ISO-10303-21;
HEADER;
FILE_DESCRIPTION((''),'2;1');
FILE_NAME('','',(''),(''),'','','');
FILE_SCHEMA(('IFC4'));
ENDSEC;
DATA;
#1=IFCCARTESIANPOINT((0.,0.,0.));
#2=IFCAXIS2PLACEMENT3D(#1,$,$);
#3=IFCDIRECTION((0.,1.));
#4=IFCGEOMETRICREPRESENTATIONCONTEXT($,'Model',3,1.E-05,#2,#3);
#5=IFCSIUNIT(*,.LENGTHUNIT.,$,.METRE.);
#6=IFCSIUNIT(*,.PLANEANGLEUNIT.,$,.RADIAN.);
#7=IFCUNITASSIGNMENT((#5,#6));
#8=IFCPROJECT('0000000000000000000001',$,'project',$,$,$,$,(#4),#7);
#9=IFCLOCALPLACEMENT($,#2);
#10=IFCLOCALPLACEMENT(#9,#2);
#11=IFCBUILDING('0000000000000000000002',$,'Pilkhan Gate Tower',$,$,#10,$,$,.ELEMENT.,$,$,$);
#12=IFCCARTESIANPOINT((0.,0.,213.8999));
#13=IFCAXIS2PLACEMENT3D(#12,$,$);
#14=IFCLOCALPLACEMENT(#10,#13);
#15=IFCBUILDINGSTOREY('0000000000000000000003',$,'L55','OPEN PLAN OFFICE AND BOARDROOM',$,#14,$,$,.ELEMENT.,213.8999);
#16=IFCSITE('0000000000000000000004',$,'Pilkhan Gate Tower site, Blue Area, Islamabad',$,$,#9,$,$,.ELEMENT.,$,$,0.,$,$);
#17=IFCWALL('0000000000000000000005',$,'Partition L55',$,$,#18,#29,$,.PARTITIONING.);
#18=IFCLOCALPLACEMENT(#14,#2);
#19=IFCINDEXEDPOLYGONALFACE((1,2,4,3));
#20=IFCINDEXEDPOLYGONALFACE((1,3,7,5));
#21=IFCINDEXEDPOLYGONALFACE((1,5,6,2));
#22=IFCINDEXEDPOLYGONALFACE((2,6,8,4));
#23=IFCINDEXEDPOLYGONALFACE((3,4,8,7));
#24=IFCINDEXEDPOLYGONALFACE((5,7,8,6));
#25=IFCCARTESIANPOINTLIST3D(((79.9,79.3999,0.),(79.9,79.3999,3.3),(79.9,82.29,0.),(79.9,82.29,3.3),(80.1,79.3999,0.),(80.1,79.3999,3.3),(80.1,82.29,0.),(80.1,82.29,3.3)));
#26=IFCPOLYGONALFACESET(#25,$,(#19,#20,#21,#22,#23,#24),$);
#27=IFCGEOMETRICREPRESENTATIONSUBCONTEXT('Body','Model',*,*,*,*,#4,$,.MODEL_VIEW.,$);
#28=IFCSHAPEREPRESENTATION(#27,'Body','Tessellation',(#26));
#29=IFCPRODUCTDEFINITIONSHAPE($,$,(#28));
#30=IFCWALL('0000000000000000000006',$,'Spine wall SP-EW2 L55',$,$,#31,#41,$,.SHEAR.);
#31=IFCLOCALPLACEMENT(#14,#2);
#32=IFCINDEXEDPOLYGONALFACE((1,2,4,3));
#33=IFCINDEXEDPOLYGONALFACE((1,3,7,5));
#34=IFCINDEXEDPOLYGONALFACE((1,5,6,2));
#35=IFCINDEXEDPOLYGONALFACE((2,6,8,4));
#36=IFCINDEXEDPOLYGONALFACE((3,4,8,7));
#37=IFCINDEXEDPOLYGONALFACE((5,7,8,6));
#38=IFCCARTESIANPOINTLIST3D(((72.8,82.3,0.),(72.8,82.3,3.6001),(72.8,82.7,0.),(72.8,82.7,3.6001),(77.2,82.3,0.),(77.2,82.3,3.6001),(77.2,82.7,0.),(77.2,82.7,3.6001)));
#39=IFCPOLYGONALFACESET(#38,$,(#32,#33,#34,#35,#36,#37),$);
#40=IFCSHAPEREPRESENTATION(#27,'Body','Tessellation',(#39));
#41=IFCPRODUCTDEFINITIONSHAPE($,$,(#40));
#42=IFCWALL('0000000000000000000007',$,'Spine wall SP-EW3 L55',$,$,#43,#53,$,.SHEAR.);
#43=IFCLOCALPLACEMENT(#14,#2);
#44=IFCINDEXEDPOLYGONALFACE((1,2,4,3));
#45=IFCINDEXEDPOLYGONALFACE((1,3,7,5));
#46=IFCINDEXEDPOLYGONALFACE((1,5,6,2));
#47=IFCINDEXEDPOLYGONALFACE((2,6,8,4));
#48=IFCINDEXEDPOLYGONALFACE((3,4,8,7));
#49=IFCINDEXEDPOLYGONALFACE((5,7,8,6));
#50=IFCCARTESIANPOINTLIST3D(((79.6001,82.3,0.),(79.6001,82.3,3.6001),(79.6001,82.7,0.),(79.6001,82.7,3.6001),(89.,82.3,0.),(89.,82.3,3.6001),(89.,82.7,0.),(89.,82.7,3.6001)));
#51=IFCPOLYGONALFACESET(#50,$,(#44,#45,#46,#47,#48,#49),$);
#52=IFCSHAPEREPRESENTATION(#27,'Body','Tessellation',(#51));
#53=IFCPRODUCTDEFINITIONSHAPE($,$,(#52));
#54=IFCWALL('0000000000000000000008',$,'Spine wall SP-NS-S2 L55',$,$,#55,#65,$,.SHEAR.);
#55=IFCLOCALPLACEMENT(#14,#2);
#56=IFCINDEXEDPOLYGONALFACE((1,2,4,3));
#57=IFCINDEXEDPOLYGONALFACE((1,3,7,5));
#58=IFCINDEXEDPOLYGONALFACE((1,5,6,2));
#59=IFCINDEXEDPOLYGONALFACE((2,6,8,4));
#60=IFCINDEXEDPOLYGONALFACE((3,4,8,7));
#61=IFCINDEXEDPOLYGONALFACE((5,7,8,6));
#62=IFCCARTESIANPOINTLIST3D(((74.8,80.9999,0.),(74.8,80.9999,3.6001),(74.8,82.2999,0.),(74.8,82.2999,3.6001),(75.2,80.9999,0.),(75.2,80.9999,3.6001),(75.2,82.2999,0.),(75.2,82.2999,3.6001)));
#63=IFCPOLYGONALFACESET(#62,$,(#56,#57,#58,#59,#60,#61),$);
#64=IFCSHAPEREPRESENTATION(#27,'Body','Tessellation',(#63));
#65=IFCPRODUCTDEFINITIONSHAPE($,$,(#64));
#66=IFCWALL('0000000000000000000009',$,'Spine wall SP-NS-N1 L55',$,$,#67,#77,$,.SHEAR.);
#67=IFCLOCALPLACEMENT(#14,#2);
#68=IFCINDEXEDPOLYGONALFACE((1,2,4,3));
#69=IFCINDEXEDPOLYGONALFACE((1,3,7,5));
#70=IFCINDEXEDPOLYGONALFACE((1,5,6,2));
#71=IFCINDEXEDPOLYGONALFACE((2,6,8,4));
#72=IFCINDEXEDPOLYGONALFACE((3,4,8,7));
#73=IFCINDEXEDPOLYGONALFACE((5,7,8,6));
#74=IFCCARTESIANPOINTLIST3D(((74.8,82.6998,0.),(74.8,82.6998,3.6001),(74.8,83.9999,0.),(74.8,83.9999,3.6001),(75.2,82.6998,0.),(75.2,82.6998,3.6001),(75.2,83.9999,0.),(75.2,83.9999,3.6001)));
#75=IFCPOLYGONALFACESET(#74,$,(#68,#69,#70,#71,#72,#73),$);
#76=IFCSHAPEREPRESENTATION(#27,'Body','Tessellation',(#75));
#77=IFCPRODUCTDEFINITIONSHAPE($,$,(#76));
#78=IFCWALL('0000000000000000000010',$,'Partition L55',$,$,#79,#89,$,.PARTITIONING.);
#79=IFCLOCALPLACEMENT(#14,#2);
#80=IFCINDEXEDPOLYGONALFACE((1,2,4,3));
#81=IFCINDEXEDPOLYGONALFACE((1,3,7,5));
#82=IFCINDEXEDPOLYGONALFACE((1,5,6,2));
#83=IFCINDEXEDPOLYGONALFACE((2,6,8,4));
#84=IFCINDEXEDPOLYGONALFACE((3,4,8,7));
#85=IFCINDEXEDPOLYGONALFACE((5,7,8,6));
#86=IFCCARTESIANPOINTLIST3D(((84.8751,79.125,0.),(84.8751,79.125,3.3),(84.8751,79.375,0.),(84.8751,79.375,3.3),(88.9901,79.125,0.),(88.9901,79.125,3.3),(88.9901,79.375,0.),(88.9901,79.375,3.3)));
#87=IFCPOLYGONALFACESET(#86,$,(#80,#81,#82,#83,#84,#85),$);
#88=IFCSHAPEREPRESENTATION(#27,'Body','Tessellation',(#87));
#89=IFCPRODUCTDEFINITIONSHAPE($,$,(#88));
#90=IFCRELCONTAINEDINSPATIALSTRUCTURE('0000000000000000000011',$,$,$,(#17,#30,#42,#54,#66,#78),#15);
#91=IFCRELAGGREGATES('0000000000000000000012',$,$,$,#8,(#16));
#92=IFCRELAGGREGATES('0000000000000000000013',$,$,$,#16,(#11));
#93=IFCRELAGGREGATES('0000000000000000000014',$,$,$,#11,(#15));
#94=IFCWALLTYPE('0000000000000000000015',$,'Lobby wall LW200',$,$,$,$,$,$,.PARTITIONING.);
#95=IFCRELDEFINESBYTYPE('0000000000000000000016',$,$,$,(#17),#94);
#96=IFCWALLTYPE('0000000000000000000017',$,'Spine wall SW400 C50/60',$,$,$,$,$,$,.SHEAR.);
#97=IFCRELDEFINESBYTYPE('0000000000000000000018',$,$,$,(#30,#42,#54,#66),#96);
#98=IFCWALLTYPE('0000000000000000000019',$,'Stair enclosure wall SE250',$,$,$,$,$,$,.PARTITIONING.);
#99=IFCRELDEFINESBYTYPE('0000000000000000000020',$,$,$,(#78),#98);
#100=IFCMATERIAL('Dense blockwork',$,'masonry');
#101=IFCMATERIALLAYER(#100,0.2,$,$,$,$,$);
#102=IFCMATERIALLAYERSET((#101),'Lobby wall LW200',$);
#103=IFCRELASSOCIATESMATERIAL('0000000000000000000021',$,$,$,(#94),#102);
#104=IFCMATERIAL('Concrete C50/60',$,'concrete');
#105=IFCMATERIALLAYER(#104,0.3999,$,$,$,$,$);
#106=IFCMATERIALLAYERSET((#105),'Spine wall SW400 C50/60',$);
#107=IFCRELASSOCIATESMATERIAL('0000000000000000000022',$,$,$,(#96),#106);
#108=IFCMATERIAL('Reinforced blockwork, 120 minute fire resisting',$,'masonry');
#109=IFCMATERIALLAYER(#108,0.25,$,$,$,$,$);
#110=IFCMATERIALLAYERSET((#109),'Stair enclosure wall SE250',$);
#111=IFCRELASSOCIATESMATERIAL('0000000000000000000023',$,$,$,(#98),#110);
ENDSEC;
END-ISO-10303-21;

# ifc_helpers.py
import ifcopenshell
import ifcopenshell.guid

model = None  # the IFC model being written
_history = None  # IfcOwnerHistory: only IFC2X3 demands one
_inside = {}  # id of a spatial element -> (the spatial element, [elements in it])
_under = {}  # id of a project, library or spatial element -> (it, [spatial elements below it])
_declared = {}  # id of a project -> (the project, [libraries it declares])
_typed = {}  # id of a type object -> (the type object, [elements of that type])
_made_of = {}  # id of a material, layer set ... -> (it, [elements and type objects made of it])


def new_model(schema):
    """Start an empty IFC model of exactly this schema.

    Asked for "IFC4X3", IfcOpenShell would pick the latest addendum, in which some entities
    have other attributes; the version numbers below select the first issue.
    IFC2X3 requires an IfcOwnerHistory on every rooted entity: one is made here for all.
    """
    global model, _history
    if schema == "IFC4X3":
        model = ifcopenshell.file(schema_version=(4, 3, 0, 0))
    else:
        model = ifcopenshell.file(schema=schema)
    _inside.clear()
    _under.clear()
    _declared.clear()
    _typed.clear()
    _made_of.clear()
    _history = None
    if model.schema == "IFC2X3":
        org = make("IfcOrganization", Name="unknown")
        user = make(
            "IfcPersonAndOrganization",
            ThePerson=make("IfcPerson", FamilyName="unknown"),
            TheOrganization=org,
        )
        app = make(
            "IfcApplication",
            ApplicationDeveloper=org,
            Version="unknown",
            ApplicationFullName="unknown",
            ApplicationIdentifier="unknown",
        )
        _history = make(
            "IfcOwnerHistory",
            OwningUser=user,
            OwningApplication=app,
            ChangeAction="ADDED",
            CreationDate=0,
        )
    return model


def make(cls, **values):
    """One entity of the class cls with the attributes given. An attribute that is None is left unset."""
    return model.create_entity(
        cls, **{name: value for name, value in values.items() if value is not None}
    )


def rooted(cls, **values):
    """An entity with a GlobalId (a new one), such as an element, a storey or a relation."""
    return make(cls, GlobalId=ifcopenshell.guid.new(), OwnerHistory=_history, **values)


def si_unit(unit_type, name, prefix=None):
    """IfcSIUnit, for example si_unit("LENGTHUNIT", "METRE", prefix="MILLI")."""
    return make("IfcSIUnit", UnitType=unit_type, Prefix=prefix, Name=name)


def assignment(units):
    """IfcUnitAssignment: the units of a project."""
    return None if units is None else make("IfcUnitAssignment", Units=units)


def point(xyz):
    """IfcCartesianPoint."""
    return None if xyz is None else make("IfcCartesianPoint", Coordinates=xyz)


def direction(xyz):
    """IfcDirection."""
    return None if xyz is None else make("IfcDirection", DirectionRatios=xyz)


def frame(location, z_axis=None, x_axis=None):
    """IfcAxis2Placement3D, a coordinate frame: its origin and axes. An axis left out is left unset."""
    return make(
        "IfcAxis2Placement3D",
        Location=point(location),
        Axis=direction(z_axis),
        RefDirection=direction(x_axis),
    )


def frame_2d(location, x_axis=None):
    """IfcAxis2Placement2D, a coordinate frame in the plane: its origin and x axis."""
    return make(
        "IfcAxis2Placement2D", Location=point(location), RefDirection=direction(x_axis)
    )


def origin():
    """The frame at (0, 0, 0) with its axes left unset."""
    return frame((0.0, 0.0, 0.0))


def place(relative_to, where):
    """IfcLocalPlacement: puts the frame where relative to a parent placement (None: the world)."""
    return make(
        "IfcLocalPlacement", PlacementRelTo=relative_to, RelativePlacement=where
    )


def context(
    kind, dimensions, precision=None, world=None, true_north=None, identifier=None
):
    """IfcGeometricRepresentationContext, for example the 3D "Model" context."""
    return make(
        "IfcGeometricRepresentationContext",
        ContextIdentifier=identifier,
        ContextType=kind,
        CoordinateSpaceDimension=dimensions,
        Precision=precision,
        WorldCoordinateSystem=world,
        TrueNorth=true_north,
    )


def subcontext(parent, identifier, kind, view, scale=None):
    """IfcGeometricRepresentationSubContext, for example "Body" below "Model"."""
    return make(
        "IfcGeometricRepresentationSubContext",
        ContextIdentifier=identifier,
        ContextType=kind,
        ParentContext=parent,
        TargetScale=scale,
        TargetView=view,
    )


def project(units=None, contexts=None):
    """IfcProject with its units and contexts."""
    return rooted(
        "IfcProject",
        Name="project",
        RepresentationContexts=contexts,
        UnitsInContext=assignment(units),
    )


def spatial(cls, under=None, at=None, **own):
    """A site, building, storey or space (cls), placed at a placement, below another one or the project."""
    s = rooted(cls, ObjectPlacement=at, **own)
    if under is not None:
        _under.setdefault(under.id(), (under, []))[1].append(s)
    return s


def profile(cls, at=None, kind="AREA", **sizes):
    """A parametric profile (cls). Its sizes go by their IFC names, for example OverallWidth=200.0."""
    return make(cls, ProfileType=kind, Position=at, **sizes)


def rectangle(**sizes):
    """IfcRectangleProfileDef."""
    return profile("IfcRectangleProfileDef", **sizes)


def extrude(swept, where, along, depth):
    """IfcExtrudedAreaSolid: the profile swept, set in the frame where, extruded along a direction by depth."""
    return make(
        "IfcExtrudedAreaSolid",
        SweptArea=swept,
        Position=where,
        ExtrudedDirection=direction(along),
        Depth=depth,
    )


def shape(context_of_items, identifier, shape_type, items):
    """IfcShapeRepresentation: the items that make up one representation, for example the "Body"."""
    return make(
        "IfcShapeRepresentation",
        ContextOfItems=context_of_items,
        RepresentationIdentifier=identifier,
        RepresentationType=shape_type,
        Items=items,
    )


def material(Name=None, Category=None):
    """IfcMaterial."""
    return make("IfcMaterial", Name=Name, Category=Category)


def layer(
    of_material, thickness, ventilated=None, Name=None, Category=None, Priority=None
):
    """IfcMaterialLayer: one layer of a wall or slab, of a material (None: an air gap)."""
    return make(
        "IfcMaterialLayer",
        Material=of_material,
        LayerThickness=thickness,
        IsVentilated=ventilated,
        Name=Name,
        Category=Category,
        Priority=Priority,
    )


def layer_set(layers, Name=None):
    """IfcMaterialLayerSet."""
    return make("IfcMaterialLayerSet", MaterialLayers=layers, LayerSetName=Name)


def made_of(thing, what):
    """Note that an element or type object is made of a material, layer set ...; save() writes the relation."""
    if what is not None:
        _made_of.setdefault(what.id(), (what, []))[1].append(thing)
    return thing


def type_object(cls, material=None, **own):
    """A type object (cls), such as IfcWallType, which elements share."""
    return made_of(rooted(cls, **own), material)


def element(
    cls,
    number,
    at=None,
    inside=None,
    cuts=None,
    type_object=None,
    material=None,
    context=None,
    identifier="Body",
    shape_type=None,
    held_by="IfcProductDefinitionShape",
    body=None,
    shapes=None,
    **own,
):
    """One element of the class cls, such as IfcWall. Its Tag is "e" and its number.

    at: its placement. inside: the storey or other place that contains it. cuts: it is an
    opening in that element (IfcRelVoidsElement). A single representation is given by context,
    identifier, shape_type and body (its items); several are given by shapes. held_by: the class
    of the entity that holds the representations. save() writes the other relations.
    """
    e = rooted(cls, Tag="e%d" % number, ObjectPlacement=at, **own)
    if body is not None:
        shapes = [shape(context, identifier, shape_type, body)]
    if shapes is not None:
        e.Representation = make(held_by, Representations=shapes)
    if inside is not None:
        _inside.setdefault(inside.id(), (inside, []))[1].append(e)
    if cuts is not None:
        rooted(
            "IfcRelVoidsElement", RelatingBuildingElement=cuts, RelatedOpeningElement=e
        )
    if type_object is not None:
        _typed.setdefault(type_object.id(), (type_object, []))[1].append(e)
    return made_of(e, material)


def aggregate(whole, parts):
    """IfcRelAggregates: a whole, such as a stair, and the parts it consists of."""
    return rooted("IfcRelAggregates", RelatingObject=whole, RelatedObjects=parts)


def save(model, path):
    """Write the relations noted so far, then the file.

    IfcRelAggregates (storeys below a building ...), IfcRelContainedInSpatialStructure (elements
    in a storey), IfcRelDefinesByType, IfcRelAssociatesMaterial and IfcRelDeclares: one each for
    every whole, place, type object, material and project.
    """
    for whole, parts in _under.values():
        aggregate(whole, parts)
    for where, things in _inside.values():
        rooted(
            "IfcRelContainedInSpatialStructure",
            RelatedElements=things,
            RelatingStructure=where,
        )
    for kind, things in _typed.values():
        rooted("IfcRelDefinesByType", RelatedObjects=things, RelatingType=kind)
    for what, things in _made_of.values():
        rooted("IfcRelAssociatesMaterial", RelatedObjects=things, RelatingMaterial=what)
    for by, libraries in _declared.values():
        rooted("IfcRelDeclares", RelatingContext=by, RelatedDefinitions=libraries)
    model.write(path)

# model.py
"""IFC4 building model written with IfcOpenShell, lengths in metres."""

from ifc_helpers import new_model, si_unit, direction, frame, frame_2d, origin, place, context, subcontext, project, spatial, rectangle, extrude, material, layer, layer_set, type_object, element, save


model = new_model("IFC4")

# Units and contexts
model_context = context("Model", 3, precision=1e-05, world=origin(), true_north=direction((0.0, 1.0)))
body_context = subcontext(model_context, "Body", "Model", "MODEL_VIEW")
ifc_project = project(units=[si_unit("LENGTHUNIT", "METRE"), si_unit("PLANEANGLEUNIT", "RADIAN")], contexts=[model_context])

# Site, building, storey
site_placement = place(None, origin())
site = spatial("IfcSite", under=ifc_project, at=site_placement, Name="Pilkhan Gate Tower site, Blue Area, Islamabad", CompositionType="ELEMENT", RefElevation=0.0)
building_placement = place(site_placement, origin())
building = spatial("IfcBuilding", under=site, at=building_placement, Name="Pilkhan Gate Tower", CompositionType="ELEMENT")
storey_placement = place(building_placement, frame((0.0, 0.0, 213.8999)))
storey = spatial("IfcBuildingStorey", under=building, at=storey_placement, Name="L55", Description="OPEN PLAN OFFICE AND BOARDROOM", CompositionType="ELEMENT", Elevation=213.8999)

# Shared definitions
ifc_material_1 = material(Name="Concrete C50/60", Category="concrete")

# Shared definitions
ifc_material_2 = material(Name="Dense blockwork", Category="masonry")
ifc_layer_1 = layer(ifc_material_2, 0.2)
ifc_layer_set_1 = layer_set([ifc_layer_1], Name="Lobby wall LW200")
wall_type_1 = type_object("IfcWallType", Name="Lobby wall LW200", PredefinedType="PARTITIONING", material=ifc_layer_set_1)

# Walls
wall_1_placement = place(storey_placement, frame((80.0, 79.3999, 0.0), z_axis=(0.0, 0.0, 1.0), x_axis=(0.0, 1.0, 0.0)))
element("IfcWall", 1, at=wall_1_placement, inside=storey, type_object=wall_type_1, Name="Partition L55", PredefinedType="PARTITIONING", context=body_context, shape_type="SweptSolid", body=[
    extrude(rectangle(XDim=2.8901, YDim=0.2, at=frame_2d((1.4451, 0.0))), origin(), (0.0, 0.0, 1.0), 3.3),
])
ifc_layer_2 = layer(ifc_material_1, 0.3999)
ifc_layer_set_2 = layer_set([ifc_layer_2], Name="Spine wall SW400 C50/60")
wall_type_2 = type_object("IfcWallType", Name="Spine wall SW400 C50/60", PredefinedType="SHEAR", material=ifc_layer_set_2)
wall_2_placement = place(storey_placement, frame((72.8, 82.5, 0.0), z_axis=(0.0, 0.0, 1.0), x_axis=(1.0, 0.0, 0.0)))
element("IfcWall", 2, at=wall_2_placement, inside=storey, type_object=wall_type_2, Name="Spine wall SP-EW2 L55", PredefinedType="SHEAR", context=body_context, shape_type="SweptSolid", body=[
    extrude(rectangle(XDim=4.3999, YDim=0.3999, at=frame_2d((2.2, 0.0))), origin(), (0.0, 0.0, 1.0), 3.6001),
])
wall_3_placement = place(storey_placement, frame((79.6001, 82.5, 0.0), z_axis=(0.0, 0.0, 1.0), x_axis=(1.0, 0.0, 0.0)))
element("IfcWall", 3, at=wall_3_placement, inside=storey, type_object=wall_type_2, Name="Spine wall SP-EW3 L55", PredefinedType="SHEAR", context=body_context, shape_type="SweptSolid", body=[
    extrude(rectangle(XDim=9.3999, YDim=0.3999, at=frame_2d((4.7, 0.0))), origin(), (0.0, 0.0, 1.0), 3.6001),
])
for number, where, z_axis, x_axis, name in (
    (4, (75.0, 81.0, 0.0), (0.0, 0.0, 1.0), (0.0, 1.0, 0.0), "Spine wall SP-NS-S2 L55"),
    (5, (75.0, 82.7, 0.0), (0.0, 0.0, 1.0), (0.0, 1.0, 0.0), "Spine wall SP-NS-N1 L55"),
):
    element("IfcWall", number, at=place(storey_placement, frame(where, z_axis=z_axis, x_axis=x_axis)), inside=storey, type_object=wall_type_2, Name=name, PredefinedType="SHEAR", context=body_context, shape_type="SweptSolid", body=[
        extrude(rectangle(XDim=1.3, YDim=0.3999, at=frame_2d((0.6499, 0.0))), origin(), (0.0, 0.0, 1.0), 3.6001),
    ])
ifc_material_3 = material(Name="Reinforced blockwork, 120 minute fire resisting", Category="masonry")
ifc_layer_3 = layer(ifc_material_3, 0.25)
ifc_layer_set_3 = layer_set([ifc_layer_3], Name="Stair enclosure wall SE250")
wall_type_3 = type_object("IfcWallType", Name="Stair enclosure wall SE250", PredefinedType="PARTITIONING", material=ifc_layer_set_3)
wall_4_placement = place(storey_placement, frame((84.875, 79.25, 0.0), z_axis=(0.0, 0.0, 1.0), x_axis=(1.0, 0.0, 0.0)))
element("IfcWall", 6, at=wall_4_placement, inside=storey, type_object=wall_type_3, Name="Partition L55", PredefinedType="PARTITIONING", context=body_context, shape_type="SweptSolid", body=[
    extrude(rectangle(XDim=4.115, YDim=0.25, at=frame_2d((2.0576, 0.0))), origin(), (0.0, 0.0, 1.0), 3.3),
])

save(model, "model.ifc")
